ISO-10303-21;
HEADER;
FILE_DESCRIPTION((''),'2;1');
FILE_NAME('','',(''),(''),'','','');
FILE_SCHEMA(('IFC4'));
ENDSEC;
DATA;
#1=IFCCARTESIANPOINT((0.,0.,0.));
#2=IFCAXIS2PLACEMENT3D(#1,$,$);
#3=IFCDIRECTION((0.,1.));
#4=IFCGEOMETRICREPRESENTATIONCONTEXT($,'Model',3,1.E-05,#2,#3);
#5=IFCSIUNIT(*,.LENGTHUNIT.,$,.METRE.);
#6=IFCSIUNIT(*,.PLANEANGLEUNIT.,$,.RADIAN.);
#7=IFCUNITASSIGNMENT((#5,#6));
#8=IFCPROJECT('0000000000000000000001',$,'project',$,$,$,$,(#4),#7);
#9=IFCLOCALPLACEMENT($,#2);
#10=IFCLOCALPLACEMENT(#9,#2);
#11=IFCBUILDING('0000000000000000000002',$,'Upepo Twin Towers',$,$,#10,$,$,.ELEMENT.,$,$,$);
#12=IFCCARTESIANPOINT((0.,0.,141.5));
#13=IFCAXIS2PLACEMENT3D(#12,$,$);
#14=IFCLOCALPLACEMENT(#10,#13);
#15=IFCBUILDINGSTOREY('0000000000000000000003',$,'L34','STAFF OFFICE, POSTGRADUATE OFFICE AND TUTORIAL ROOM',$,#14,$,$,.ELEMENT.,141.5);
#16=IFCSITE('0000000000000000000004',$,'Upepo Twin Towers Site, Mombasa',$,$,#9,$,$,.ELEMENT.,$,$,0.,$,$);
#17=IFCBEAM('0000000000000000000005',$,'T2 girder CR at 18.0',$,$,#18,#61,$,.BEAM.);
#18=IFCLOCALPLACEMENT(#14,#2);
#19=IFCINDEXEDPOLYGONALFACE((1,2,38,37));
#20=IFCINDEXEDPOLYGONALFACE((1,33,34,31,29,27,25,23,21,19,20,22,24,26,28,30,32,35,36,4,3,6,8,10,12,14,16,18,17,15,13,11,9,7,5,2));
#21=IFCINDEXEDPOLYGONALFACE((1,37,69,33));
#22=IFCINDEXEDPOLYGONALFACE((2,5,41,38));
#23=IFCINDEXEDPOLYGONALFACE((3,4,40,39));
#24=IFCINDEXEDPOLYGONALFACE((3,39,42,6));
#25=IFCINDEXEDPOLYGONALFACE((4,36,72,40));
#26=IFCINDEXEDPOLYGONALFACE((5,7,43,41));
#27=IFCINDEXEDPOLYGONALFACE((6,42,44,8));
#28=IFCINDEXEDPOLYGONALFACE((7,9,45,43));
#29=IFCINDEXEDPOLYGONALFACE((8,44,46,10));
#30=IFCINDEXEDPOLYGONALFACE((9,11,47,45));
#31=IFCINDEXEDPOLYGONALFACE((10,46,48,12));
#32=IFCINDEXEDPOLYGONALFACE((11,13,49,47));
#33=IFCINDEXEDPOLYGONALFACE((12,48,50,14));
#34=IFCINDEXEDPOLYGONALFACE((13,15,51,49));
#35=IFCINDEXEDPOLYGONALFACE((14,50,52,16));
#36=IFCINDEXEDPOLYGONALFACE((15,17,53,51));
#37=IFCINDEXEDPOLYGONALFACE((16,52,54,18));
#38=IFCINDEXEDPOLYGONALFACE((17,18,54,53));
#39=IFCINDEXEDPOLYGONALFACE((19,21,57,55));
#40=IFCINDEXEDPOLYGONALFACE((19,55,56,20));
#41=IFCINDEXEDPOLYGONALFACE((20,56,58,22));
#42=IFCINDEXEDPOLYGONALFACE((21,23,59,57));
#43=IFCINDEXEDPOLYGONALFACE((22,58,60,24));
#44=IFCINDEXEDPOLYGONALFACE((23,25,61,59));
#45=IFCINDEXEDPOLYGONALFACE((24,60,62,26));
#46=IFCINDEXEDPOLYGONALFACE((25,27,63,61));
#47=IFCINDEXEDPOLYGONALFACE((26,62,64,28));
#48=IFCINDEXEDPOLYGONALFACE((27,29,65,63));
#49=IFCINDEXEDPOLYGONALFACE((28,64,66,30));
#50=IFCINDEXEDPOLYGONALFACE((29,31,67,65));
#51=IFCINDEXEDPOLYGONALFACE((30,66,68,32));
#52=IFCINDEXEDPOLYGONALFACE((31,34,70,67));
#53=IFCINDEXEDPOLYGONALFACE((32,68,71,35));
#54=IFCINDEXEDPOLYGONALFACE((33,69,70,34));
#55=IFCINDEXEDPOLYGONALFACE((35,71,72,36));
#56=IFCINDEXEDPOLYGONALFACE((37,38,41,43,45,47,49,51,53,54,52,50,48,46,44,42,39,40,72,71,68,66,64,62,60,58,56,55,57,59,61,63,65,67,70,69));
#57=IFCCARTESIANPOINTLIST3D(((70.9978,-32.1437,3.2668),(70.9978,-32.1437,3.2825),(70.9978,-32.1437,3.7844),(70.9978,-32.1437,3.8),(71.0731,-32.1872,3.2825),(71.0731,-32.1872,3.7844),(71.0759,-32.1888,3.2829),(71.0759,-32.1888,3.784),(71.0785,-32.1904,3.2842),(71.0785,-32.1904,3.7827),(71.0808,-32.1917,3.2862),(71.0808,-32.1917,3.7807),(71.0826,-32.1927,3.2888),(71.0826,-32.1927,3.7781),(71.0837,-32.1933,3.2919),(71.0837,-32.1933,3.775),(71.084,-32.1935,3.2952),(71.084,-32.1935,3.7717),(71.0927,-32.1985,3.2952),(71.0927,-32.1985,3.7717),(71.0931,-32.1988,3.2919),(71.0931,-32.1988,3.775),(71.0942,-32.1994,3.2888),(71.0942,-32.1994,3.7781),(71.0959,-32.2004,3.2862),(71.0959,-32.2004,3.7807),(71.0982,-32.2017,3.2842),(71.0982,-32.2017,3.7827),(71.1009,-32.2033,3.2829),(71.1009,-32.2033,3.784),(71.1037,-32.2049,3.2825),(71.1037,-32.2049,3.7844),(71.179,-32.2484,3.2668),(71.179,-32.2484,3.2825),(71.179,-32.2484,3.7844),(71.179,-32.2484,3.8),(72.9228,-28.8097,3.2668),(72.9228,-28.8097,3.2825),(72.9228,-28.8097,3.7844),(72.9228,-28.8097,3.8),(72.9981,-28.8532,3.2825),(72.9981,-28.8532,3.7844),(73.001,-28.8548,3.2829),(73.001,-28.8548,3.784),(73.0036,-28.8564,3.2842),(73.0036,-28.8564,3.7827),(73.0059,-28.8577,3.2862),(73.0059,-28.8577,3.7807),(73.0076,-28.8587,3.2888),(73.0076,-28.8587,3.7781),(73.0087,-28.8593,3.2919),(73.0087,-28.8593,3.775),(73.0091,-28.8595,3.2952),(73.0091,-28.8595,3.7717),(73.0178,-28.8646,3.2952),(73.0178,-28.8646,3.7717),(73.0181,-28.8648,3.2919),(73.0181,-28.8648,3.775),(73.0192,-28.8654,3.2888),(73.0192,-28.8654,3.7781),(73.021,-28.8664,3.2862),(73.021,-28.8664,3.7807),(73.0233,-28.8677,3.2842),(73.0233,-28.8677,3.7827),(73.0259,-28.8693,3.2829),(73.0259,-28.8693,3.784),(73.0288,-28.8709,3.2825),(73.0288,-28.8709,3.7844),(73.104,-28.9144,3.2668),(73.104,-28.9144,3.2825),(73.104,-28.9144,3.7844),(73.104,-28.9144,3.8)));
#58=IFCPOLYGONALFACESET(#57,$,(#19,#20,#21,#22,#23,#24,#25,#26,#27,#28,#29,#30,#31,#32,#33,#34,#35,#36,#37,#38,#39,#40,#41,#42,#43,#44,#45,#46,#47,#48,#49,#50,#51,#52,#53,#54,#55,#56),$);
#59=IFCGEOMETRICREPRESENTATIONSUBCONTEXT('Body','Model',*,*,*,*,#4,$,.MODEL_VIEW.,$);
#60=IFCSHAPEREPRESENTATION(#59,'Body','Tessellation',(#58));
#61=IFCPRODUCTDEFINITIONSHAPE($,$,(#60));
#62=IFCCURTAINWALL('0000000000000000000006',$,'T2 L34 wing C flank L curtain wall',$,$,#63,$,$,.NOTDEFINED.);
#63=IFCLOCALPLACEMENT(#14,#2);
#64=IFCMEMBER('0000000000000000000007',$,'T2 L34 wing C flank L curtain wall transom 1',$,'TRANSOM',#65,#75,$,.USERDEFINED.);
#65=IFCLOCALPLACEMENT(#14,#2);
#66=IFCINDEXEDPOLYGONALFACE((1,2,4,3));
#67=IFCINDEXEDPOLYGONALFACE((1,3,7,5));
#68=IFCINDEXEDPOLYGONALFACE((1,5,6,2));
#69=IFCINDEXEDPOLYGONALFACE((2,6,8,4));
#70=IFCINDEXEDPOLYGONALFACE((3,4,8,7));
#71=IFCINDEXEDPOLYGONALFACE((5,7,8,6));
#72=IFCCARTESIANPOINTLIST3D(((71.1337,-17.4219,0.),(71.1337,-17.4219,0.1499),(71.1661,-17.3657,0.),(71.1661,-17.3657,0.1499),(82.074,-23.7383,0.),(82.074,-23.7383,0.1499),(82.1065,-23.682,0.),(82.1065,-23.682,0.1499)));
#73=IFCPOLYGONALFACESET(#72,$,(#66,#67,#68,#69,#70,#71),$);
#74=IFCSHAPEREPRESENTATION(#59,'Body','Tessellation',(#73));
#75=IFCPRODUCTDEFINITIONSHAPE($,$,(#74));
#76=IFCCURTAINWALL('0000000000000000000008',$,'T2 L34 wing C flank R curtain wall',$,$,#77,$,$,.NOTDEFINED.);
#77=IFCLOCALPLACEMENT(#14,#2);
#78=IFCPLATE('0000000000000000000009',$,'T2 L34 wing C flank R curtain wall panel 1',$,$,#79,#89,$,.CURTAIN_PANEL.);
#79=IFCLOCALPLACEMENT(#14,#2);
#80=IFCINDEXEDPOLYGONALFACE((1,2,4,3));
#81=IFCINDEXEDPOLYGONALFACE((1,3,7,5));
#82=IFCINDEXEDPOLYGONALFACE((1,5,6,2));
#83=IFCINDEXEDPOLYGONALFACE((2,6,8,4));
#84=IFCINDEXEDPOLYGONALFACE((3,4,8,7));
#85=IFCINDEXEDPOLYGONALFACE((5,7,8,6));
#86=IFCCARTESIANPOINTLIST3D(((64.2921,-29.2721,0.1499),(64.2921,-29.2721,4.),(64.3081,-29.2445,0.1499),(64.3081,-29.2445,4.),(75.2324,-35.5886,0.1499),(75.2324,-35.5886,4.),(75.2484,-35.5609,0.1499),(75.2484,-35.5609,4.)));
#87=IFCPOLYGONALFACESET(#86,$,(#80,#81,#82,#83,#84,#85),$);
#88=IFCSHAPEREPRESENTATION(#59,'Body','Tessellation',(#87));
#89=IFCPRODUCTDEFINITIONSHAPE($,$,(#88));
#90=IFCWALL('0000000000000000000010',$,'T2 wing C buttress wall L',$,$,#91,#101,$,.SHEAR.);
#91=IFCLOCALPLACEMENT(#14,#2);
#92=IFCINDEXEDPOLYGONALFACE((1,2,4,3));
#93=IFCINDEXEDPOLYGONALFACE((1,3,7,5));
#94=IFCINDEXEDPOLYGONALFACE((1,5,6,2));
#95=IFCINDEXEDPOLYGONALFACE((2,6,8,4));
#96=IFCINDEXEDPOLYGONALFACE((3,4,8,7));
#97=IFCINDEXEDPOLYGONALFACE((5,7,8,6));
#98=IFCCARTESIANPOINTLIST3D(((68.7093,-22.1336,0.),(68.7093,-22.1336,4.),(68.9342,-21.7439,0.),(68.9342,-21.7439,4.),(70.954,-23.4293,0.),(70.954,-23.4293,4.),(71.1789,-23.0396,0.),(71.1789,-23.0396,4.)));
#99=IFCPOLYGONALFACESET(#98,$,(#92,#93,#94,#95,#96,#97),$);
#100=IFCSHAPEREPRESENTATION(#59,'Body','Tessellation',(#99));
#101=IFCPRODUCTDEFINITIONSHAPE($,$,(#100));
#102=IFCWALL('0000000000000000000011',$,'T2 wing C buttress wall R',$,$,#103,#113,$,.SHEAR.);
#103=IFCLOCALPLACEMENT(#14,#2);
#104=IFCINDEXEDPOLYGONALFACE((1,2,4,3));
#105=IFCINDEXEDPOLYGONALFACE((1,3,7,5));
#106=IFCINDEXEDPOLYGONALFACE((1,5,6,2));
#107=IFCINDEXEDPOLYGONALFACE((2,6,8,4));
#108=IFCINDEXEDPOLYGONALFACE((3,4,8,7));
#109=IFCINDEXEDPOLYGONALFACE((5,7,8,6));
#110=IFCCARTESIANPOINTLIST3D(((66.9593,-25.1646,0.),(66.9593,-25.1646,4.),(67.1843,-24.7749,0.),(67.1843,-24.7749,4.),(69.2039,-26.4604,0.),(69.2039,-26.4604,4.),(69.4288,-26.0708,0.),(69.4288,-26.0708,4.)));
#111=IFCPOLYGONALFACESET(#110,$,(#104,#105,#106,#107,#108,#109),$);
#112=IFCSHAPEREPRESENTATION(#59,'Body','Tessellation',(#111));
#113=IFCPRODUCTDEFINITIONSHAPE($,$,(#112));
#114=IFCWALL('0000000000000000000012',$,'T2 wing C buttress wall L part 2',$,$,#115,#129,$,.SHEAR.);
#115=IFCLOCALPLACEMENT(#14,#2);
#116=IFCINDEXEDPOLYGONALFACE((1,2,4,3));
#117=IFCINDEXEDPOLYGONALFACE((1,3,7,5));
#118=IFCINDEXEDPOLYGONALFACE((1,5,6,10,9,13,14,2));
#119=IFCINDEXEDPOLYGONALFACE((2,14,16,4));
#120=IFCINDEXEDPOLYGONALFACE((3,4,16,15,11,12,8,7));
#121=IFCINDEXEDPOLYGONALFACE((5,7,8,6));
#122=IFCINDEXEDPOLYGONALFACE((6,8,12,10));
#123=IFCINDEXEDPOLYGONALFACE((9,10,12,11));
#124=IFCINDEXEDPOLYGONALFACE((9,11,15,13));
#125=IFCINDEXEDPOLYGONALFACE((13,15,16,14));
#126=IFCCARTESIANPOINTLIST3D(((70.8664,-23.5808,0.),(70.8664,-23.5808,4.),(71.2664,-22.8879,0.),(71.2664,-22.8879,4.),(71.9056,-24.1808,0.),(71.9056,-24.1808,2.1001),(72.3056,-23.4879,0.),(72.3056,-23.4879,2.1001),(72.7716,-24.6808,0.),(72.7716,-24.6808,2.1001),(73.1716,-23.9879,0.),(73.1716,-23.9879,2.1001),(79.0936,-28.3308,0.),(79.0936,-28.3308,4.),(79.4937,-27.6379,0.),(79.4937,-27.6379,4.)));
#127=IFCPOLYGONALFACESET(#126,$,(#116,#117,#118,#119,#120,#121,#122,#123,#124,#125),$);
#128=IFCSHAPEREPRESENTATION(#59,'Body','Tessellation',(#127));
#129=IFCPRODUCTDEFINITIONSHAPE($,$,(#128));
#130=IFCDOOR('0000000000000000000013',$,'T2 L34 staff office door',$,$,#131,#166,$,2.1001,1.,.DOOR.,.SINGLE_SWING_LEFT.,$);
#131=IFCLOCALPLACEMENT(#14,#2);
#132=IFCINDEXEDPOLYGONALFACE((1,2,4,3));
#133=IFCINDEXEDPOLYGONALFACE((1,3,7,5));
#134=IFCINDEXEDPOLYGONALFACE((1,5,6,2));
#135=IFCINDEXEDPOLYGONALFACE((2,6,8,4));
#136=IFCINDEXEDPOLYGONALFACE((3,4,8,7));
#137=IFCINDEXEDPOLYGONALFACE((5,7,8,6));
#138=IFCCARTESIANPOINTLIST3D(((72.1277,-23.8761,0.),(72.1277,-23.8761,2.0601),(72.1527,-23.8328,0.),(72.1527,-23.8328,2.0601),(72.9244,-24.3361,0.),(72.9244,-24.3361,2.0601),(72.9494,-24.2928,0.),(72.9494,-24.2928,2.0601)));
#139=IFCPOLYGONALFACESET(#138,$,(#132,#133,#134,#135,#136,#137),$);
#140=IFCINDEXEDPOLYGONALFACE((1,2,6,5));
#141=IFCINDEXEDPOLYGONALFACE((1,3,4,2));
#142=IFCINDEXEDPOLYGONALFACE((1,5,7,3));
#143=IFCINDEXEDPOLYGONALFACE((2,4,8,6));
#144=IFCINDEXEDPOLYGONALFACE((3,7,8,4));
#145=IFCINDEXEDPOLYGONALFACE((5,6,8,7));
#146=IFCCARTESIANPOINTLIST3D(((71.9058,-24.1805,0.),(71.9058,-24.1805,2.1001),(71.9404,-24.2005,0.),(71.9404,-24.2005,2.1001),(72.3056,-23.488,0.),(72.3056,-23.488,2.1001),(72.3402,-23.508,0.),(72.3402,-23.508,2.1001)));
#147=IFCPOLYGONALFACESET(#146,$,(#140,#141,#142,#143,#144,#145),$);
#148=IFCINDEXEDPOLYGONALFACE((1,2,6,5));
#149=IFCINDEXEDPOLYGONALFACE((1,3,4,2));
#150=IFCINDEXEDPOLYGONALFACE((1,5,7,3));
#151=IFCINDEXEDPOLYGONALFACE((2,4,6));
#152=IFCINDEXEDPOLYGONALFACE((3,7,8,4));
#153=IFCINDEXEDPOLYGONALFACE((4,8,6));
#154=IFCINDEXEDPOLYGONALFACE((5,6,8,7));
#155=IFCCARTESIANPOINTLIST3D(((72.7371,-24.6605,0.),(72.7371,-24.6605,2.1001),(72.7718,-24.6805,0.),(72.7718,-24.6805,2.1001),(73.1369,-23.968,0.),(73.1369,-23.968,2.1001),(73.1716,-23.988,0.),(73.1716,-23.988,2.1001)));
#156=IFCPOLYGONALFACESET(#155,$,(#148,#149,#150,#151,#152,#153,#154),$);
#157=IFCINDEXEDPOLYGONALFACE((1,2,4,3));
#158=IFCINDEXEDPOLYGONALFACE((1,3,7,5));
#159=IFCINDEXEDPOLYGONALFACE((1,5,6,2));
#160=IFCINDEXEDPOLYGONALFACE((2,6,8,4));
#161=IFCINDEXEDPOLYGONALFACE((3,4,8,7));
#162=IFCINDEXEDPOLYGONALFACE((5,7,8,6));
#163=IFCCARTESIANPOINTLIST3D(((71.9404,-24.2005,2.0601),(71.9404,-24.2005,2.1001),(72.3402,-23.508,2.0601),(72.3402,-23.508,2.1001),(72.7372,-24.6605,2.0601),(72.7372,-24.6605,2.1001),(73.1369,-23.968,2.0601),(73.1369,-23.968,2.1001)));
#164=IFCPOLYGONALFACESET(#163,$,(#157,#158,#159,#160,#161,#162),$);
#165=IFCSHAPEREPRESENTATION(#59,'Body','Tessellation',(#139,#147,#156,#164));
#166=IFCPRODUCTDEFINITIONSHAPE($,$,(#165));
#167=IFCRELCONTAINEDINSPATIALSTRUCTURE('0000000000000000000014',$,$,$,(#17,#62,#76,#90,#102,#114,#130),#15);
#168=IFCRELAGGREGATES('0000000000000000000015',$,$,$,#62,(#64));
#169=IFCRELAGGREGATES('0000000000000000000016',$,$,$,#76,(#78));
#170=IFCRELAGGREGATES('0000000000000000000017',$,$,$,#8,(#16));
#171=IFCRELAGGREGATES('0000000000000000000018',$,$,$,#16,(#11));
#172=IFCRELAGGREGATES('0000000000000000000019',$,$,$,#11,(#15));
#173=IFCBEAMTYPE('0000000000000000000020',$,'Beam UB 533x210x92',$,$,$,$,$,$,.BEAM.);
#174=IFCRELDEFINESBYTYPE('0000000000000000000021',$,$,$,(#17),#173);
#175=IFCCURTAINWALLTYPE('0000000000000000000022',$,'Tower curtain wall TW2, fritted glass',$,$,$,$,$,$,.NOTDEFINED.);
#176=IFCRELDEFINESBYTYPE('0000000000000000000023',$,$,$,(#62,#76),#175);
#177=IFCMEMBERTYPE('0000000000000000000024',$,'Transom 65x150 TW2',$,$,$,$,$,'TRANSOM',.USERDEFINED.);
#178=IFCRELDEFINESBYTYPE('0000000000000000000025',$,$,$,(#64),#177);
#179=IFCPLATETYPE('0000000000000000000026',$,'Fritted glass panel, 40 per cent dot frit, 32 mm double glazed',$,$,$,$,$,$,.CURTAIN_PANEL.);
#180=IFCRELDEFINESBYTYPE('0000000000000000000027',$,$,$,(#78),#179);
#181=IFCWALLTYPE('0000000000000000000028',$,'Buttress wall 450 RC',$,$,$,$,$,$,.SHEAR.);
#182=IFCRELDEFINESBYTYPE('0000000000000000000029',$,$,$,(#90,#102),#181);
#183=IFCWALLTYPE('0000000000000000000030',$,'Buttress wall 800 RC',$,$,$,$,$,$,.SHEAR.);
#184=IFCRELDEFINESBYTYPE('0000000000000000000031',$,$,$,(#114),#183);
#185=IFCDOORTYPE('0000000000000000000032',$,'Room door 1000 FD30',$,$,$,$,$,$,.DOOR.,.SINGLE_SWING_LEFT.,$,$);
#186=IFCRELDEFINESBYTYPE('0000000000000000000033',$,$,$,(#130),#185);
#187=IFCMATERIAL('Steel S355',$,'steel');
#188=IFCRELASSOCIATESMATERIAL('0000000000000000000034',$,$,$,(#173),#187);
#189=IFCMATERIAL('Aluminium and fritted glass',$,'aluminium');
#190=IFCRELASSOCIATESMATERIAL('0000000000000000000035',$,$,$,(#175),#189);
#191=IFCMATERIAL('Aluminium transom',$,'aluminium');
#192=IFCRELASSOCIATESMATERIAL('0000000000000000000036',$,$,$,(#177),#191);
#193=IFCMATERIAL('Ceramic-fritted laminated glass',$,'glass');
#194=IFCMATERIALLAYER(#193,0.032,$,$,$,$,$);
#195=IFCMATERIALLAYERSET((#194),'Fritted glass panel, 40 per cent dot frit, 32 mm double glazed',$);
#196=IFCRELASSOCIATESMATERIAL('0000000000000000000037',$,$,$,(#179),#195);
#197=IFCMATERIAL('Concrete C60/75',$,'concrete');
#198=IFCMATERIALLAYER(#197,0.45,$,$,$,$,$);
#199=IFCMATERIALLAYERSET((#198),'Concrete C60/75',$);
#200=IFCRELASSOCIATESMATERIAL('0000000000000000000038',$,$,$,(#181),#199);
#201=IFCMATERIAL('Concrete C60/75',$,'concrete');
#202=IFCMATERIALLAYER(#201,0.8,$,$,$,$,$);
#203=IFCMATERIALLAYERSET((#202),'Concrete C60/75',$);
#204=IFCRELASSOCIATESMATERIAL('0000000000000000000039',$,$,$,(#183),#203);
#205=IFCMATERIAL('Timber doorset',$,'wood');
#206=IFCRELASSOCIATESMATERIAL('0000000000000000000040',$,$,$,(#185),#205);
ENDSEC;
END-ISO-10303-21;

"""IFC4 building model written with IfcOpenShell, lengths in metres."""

from ifc_helpers import new_model, si_unit, direction, frame, frame_2d, origin, origin_2d, place, context, subcontext, project, spatial, rectangle, i_section, extrude, material, layer, layer_set, material_profile, profile_set, type_object, element, fill, aggregate, save


model = new_model("IFC4")

# Units and contexts
model_context = context("Model", 3, precision=1e-05, world=origin(), true_north=direction((0.0, 1.0)))
body_context = subcontext(model_context, "Body", "Model", "MODEL_VIEW")
ifc_project = project(units=[si_unit("LENGTHUNIT", "METRE"), si_unit("PLANEANGLEUNIT", "RADIAN")], contexts=[model_context])

# Site, building, storey
site_placement = place(None, origin())
site = spatial("IfcSite", under=ifc_project, at=site_placement, Name="Upepo Twin Towers Site, Mombasa", CompositionType="ELEMENT", RefElevation=0.0)
building_placement = place(site_placement, origin())
building = spatial("IfcBuilding", under=site, at=building_placement, Name="Upepo Twin Towers", CompositionType="ELEMENT")
storey_placement = place(building_placement, frame((0.0, 0.0, 141.5)))
storey = spatial("IfcBuildingStorey", under=building, at=storey_placement, Name="L34", Description="STAFF OFFICE, POSTGRADUATE OFFICE AND TUTORIAL ROOM", CompositionType="ELEMENT", Elevation=141.5)

# Beam
ifc_material_1 = material(Name="Steel S355", Category="steel")
ifc_material_profile_1 = material_profile(ifc_material_1, i_section(OverallWidth=0.2092, OverallDepth=0.5332, WebThickness=0.01, FlangeThickness=0.0156, FilletRadius=0.0127, at=origin_2d()), Name="UB 533x210x92")
ifc_profile_set_1 = profile_set([ifc_material_profile_1], Name="Steel S355")
beam_type_1 = type_object("IfcBeamType", Name="Beam UB 533x210x92", PredefinedType="BEAM", material=ifc_profile_set_1)
for number, where, z_axis, x_axis, name in (
    (1, (71.0884, -32.196, 3.5334), (0.500034, 0.866006, 0.0), (-0.866006, 0.500034, 0.0), "T2 girder CR at 18.0"),
):
    element("IfcBeam", number, at=place(storey_placement, frame(where, z_axis=z_axis, x_axis=x_axis)), inside=storey, type_object=beam_type_1, Name=name, PredefinedType="BEAM", context=body_context, shape_type="SweptSolid", body=[
        extrude(i_section(OverallWidth=0.2092, OverallDepth=0.5332, WebThickness=0.01, FlangeThickness=0.0156, FilletRadius=0.0127, at=origin_2d()), origin(), (0.0, 0.0, 1.0), 3.8499),
    ])

# Curtain wall, member
ifc_material_2 = material(Name="Aluminium and fritted glass", Category="aluminium")
curtain_wall_type = type_object("IfcCurtainWallType", Name="Tower curtain wall TW2, fritted glass", PredefinedType="NOTDEFINED", material=ifc_material_2)
curtain_wall_1_placement = place(storey_placement, origin())
curtain_wall_1 = element("IfcCurtainWall", 2, at=curtain_wall_1_placement, inside=storey, type_object=curtain_wall_type, Name="T2 L34 wing C flank L curtain wall", PredefinedType="NOTDEFINED")
ifc_material_3 = material(Name="Aluminium transom", Category="aluminium")
ifc_material_profile_2 = material_profile(ifc_material_3, rectangle(XDim=0.0649, YDim=0.1499, at=origin_2d()), Name="TRANSOM 65x150")
ifc_profile_set_2 = profile_set([ifc_material_profile_2], Name="Aluminium transom")
member_type = type_object("IfcMemberType", Name="Transom 65x150 TW2", ElementType="TRANSOM", PredefinedType="USERDEFINED", material=ifc_profile_set_2)
member_placement = place(storey_placement, frame((71.1499, -17.3938, 0.075), z_axis=(0.866027, -0.499997, 0.0), x_axis=(0.499997, 0.866027, 0.0)))
member = element("IfcMember", 3, at=member_placement, type_object=member_type, Name="T2 L34 wing C flank L curtain wall transom 1", ObjectType="TRANSOM", PredefinedType="USERDEFINED", context=body_context, shape_type="SweptSolid", body=[
    extrude(rectangle(XDim=0.0649, YDim=0.1499, at=origin_2d()), origin(), (0.0, 0.0, 1.0), 12.6328),
])
aggregate(curtain_wall_1, [member])

# Curtain wall, plate
curtain_wall_2_placement = place(storey_placement, origin())
curtain_wall_2 = element("IfcCurtainWall", 4, at=curtain_wall_2_placement, inside=storey, type_object=curtain_wall_type, Name="T2 L34 wing C flank R curtain wall", PredefinedType="NOTDEFINED")
ifc_material_4 = material(Name="Ceramic-fritted laminated glass", Category="glass")
ifc_layer_1 = layer(ifc_material_4, 0.032)
ifc_layer_set_1 = layer_set([ifc_layer_1], Name="Fritted glass panel, 40 per cent dot frit, 32 mm double glazed")
plate_type = type_object("IfcPlateType", Name="Fritted glass panel, 40 per cent dot frit, 32 mm double glazed", PredefinedType="CURTAIN_PANEL", material=ifc_layer_set_1)
plate_placement = place(storey_placement, frame((69.7703, -32.4165, 0.1499), z_axis=(0.0, 0.0, 1.0), x_axis=(-0.866025, 0.5, 0.0)))
plate = element("IfcPlate", 5, at=plate_placement, type_object=plate_type, Name="T2 L34 wing C flank R curtain wall panel 1", PredefinedType="CURTAIN_PANEL", context=body_context, shape_type="SweptSolid", body=[
    extrude(rectangle(XDim=12.6328, YDim=0.032, at=origin_2d()), origin(), (0.0, 0.0, 1.0), 3.8501),
])
aggregate(curtain_wall_2, [plate])

# Walls
ifc_material_5 = material(Name="Concrete C60/75", Category="concrete")
ifc_layer_2 = layer(ifc_material_5, 0.45)
ifc_layer_set_2 = layer_set([ifc_layer_2], Name="Concrete C60/75")
wall_type_1 = type_object("IfcWallType", Name="Buttress wall 450 RC", PredefinedType="SHEAR", material=ifc_layer_set_2)
for number, where, z_axis, x_axis, name in (
    (6, (68.8218, -21.9387, 0.0), (0.0, 0.0, 1.0), (0.866073, -0.499918, 0.0), "T2 wing C buttress wall L"),
    (7, (67.0718, -24.9697, 0.0), (0.0, 0.0, 1.0), (0.866032, -0.499989, 0.0), "T2 wing C buttress wall R"),
):
    element("IfcWall", number, at=place(storey_placement, frame(where, z_axis=z_axis, x_axis=x_axis)), inside=storey, type_object=wall_type_1, Name=name, PredefinedType="SHEAR", context=body_context, shape_type="SweptSolid", body=[
        extrude(rectangle(XDim=2.5918, YDim=0.45, at=frame_2d((1.2959, 0.0))), origin(), (0.0, 0.0, 1.0), 4.0),
    ])

# Wall, opening, door
ifc_material_6 = material(Name="Concrete C60/75", Category="concrete")
ifc_layer_3 = layer(ifc_material_6, 0.8)
ifc_layer_set_3 = layer_set([ifc_layer_3], Name="Concrete C60/75")
wall_type_2 = type_object("IfcWallType", Name="Buttress wall 800 RC", PredefinedType="SHEAR", material=ifc_layer_set_3)
wall_1_placement = place(storey_placement, frame((71.0664, -23.2344, 0.0), z_axis=(0.0, 0.0, 1.0), x_axis=(0.866027, -0.499998, 0.0)))
wall_1 = element("IfcWall", 8, at=wall_1_placement, inside=storey, type_object=wall_type_2, Name="T2 wing C buttress wall L part 2", PredefinedType="SHEAR", context=body_context, shape_type="SweptSolid", body=[
    extrude(rectangle(XDim=9.5, YDim=0.8, at=frame_2d((4.75, 0.0))), origin(), (0.0, 0.0, 1.0), 4.0),
])
opening_1_placement = place(wall_1_placement, frame((1.2, 0.0, 0.0)))
opening_1 = element("IfcOpeningElement", 9, at=opening_1_placement, cuts=wall_1, PredefinedType="OPENING", context=body_context, shape_type="SweptSolid", body=[
    extrude(rectangle(XDim=1.0, YDim=2.1001, at=frame_2d((0.5, 1.05))), frame((0.0, 0.4099, 0.0), z_axis=(0.0, -1.0, 0.0), x_axis=(1.0, 0.0, 0.0)), (0.0, 0.0, 1.0), 0.8201),
])
ifc_material_7 = material(Name="Timber doorset", Category="wood")
door_type = type_object("IfcDoorType", Name="Room door 1000 FD30", OperationType="SINGLE_SWING_LEFT", PredefinedType="DOOR", material=ifc_material_7)
door_1_placement = place(opening_1_placement, origin())
door_1 = element("IfcDoor", 10, at=door_1_placement, inside=storey, type_object=door_type, Name="T2 L34 staff office door", OperationType="SINGLE_SWING_LEFT", OverallHeight=2.1001, OverallWidth=1.0, PredefinedType="DOOR", context=body_context, shape_type="SweptSolid", body=[
    extrude(rectangle(XDim=0.92, YDim=2.0601, at=frame_2d((0.5, 1.03))), frame((0.0, 0.0249, 0.0), z_axis=(0.0, -1.0, 0.0), x_axis=(1.0, 0.0, 0.0)), (0.0, 0.0, 1.0), 0.05),
    extrude(rectangle(XDim=0.04, YDim=2.1001, at=frame_2d((0.02, 1.05))), frame((0.0, 0.3999, 0.0), z_axis=(0.0, -1.0, 0.0), x_axis=(1.0, 0.0, 0.0)), (0.0, 0.0, 1.0), 0.7996),
    extrude(rectangle(XDim=0.04, YDim=2.1001, at=frame_2d((0.98, 1.05))), frame((0.0, 0.3999, 0.0), z_axis=(0.0, -1.0, 0.0), x_axis=(1.0, 0.0, 0.0)), (0.0, 0.0, 1.0), 0.7996),
    extrude(rectangle(XDim=0.92, YDim=0.04, at=frame_2d((0.5, 2.0801))), frame((0.0, 0.3999, 0.0), z_axis=(0.0, -1.0, 0.0), x_axis=(1.0, 0.0, 0.0)), (0.0, 0.0, 1.0), 0.7996),
])
fill(opening_1, door_1)

save(model, "model.ifc")
